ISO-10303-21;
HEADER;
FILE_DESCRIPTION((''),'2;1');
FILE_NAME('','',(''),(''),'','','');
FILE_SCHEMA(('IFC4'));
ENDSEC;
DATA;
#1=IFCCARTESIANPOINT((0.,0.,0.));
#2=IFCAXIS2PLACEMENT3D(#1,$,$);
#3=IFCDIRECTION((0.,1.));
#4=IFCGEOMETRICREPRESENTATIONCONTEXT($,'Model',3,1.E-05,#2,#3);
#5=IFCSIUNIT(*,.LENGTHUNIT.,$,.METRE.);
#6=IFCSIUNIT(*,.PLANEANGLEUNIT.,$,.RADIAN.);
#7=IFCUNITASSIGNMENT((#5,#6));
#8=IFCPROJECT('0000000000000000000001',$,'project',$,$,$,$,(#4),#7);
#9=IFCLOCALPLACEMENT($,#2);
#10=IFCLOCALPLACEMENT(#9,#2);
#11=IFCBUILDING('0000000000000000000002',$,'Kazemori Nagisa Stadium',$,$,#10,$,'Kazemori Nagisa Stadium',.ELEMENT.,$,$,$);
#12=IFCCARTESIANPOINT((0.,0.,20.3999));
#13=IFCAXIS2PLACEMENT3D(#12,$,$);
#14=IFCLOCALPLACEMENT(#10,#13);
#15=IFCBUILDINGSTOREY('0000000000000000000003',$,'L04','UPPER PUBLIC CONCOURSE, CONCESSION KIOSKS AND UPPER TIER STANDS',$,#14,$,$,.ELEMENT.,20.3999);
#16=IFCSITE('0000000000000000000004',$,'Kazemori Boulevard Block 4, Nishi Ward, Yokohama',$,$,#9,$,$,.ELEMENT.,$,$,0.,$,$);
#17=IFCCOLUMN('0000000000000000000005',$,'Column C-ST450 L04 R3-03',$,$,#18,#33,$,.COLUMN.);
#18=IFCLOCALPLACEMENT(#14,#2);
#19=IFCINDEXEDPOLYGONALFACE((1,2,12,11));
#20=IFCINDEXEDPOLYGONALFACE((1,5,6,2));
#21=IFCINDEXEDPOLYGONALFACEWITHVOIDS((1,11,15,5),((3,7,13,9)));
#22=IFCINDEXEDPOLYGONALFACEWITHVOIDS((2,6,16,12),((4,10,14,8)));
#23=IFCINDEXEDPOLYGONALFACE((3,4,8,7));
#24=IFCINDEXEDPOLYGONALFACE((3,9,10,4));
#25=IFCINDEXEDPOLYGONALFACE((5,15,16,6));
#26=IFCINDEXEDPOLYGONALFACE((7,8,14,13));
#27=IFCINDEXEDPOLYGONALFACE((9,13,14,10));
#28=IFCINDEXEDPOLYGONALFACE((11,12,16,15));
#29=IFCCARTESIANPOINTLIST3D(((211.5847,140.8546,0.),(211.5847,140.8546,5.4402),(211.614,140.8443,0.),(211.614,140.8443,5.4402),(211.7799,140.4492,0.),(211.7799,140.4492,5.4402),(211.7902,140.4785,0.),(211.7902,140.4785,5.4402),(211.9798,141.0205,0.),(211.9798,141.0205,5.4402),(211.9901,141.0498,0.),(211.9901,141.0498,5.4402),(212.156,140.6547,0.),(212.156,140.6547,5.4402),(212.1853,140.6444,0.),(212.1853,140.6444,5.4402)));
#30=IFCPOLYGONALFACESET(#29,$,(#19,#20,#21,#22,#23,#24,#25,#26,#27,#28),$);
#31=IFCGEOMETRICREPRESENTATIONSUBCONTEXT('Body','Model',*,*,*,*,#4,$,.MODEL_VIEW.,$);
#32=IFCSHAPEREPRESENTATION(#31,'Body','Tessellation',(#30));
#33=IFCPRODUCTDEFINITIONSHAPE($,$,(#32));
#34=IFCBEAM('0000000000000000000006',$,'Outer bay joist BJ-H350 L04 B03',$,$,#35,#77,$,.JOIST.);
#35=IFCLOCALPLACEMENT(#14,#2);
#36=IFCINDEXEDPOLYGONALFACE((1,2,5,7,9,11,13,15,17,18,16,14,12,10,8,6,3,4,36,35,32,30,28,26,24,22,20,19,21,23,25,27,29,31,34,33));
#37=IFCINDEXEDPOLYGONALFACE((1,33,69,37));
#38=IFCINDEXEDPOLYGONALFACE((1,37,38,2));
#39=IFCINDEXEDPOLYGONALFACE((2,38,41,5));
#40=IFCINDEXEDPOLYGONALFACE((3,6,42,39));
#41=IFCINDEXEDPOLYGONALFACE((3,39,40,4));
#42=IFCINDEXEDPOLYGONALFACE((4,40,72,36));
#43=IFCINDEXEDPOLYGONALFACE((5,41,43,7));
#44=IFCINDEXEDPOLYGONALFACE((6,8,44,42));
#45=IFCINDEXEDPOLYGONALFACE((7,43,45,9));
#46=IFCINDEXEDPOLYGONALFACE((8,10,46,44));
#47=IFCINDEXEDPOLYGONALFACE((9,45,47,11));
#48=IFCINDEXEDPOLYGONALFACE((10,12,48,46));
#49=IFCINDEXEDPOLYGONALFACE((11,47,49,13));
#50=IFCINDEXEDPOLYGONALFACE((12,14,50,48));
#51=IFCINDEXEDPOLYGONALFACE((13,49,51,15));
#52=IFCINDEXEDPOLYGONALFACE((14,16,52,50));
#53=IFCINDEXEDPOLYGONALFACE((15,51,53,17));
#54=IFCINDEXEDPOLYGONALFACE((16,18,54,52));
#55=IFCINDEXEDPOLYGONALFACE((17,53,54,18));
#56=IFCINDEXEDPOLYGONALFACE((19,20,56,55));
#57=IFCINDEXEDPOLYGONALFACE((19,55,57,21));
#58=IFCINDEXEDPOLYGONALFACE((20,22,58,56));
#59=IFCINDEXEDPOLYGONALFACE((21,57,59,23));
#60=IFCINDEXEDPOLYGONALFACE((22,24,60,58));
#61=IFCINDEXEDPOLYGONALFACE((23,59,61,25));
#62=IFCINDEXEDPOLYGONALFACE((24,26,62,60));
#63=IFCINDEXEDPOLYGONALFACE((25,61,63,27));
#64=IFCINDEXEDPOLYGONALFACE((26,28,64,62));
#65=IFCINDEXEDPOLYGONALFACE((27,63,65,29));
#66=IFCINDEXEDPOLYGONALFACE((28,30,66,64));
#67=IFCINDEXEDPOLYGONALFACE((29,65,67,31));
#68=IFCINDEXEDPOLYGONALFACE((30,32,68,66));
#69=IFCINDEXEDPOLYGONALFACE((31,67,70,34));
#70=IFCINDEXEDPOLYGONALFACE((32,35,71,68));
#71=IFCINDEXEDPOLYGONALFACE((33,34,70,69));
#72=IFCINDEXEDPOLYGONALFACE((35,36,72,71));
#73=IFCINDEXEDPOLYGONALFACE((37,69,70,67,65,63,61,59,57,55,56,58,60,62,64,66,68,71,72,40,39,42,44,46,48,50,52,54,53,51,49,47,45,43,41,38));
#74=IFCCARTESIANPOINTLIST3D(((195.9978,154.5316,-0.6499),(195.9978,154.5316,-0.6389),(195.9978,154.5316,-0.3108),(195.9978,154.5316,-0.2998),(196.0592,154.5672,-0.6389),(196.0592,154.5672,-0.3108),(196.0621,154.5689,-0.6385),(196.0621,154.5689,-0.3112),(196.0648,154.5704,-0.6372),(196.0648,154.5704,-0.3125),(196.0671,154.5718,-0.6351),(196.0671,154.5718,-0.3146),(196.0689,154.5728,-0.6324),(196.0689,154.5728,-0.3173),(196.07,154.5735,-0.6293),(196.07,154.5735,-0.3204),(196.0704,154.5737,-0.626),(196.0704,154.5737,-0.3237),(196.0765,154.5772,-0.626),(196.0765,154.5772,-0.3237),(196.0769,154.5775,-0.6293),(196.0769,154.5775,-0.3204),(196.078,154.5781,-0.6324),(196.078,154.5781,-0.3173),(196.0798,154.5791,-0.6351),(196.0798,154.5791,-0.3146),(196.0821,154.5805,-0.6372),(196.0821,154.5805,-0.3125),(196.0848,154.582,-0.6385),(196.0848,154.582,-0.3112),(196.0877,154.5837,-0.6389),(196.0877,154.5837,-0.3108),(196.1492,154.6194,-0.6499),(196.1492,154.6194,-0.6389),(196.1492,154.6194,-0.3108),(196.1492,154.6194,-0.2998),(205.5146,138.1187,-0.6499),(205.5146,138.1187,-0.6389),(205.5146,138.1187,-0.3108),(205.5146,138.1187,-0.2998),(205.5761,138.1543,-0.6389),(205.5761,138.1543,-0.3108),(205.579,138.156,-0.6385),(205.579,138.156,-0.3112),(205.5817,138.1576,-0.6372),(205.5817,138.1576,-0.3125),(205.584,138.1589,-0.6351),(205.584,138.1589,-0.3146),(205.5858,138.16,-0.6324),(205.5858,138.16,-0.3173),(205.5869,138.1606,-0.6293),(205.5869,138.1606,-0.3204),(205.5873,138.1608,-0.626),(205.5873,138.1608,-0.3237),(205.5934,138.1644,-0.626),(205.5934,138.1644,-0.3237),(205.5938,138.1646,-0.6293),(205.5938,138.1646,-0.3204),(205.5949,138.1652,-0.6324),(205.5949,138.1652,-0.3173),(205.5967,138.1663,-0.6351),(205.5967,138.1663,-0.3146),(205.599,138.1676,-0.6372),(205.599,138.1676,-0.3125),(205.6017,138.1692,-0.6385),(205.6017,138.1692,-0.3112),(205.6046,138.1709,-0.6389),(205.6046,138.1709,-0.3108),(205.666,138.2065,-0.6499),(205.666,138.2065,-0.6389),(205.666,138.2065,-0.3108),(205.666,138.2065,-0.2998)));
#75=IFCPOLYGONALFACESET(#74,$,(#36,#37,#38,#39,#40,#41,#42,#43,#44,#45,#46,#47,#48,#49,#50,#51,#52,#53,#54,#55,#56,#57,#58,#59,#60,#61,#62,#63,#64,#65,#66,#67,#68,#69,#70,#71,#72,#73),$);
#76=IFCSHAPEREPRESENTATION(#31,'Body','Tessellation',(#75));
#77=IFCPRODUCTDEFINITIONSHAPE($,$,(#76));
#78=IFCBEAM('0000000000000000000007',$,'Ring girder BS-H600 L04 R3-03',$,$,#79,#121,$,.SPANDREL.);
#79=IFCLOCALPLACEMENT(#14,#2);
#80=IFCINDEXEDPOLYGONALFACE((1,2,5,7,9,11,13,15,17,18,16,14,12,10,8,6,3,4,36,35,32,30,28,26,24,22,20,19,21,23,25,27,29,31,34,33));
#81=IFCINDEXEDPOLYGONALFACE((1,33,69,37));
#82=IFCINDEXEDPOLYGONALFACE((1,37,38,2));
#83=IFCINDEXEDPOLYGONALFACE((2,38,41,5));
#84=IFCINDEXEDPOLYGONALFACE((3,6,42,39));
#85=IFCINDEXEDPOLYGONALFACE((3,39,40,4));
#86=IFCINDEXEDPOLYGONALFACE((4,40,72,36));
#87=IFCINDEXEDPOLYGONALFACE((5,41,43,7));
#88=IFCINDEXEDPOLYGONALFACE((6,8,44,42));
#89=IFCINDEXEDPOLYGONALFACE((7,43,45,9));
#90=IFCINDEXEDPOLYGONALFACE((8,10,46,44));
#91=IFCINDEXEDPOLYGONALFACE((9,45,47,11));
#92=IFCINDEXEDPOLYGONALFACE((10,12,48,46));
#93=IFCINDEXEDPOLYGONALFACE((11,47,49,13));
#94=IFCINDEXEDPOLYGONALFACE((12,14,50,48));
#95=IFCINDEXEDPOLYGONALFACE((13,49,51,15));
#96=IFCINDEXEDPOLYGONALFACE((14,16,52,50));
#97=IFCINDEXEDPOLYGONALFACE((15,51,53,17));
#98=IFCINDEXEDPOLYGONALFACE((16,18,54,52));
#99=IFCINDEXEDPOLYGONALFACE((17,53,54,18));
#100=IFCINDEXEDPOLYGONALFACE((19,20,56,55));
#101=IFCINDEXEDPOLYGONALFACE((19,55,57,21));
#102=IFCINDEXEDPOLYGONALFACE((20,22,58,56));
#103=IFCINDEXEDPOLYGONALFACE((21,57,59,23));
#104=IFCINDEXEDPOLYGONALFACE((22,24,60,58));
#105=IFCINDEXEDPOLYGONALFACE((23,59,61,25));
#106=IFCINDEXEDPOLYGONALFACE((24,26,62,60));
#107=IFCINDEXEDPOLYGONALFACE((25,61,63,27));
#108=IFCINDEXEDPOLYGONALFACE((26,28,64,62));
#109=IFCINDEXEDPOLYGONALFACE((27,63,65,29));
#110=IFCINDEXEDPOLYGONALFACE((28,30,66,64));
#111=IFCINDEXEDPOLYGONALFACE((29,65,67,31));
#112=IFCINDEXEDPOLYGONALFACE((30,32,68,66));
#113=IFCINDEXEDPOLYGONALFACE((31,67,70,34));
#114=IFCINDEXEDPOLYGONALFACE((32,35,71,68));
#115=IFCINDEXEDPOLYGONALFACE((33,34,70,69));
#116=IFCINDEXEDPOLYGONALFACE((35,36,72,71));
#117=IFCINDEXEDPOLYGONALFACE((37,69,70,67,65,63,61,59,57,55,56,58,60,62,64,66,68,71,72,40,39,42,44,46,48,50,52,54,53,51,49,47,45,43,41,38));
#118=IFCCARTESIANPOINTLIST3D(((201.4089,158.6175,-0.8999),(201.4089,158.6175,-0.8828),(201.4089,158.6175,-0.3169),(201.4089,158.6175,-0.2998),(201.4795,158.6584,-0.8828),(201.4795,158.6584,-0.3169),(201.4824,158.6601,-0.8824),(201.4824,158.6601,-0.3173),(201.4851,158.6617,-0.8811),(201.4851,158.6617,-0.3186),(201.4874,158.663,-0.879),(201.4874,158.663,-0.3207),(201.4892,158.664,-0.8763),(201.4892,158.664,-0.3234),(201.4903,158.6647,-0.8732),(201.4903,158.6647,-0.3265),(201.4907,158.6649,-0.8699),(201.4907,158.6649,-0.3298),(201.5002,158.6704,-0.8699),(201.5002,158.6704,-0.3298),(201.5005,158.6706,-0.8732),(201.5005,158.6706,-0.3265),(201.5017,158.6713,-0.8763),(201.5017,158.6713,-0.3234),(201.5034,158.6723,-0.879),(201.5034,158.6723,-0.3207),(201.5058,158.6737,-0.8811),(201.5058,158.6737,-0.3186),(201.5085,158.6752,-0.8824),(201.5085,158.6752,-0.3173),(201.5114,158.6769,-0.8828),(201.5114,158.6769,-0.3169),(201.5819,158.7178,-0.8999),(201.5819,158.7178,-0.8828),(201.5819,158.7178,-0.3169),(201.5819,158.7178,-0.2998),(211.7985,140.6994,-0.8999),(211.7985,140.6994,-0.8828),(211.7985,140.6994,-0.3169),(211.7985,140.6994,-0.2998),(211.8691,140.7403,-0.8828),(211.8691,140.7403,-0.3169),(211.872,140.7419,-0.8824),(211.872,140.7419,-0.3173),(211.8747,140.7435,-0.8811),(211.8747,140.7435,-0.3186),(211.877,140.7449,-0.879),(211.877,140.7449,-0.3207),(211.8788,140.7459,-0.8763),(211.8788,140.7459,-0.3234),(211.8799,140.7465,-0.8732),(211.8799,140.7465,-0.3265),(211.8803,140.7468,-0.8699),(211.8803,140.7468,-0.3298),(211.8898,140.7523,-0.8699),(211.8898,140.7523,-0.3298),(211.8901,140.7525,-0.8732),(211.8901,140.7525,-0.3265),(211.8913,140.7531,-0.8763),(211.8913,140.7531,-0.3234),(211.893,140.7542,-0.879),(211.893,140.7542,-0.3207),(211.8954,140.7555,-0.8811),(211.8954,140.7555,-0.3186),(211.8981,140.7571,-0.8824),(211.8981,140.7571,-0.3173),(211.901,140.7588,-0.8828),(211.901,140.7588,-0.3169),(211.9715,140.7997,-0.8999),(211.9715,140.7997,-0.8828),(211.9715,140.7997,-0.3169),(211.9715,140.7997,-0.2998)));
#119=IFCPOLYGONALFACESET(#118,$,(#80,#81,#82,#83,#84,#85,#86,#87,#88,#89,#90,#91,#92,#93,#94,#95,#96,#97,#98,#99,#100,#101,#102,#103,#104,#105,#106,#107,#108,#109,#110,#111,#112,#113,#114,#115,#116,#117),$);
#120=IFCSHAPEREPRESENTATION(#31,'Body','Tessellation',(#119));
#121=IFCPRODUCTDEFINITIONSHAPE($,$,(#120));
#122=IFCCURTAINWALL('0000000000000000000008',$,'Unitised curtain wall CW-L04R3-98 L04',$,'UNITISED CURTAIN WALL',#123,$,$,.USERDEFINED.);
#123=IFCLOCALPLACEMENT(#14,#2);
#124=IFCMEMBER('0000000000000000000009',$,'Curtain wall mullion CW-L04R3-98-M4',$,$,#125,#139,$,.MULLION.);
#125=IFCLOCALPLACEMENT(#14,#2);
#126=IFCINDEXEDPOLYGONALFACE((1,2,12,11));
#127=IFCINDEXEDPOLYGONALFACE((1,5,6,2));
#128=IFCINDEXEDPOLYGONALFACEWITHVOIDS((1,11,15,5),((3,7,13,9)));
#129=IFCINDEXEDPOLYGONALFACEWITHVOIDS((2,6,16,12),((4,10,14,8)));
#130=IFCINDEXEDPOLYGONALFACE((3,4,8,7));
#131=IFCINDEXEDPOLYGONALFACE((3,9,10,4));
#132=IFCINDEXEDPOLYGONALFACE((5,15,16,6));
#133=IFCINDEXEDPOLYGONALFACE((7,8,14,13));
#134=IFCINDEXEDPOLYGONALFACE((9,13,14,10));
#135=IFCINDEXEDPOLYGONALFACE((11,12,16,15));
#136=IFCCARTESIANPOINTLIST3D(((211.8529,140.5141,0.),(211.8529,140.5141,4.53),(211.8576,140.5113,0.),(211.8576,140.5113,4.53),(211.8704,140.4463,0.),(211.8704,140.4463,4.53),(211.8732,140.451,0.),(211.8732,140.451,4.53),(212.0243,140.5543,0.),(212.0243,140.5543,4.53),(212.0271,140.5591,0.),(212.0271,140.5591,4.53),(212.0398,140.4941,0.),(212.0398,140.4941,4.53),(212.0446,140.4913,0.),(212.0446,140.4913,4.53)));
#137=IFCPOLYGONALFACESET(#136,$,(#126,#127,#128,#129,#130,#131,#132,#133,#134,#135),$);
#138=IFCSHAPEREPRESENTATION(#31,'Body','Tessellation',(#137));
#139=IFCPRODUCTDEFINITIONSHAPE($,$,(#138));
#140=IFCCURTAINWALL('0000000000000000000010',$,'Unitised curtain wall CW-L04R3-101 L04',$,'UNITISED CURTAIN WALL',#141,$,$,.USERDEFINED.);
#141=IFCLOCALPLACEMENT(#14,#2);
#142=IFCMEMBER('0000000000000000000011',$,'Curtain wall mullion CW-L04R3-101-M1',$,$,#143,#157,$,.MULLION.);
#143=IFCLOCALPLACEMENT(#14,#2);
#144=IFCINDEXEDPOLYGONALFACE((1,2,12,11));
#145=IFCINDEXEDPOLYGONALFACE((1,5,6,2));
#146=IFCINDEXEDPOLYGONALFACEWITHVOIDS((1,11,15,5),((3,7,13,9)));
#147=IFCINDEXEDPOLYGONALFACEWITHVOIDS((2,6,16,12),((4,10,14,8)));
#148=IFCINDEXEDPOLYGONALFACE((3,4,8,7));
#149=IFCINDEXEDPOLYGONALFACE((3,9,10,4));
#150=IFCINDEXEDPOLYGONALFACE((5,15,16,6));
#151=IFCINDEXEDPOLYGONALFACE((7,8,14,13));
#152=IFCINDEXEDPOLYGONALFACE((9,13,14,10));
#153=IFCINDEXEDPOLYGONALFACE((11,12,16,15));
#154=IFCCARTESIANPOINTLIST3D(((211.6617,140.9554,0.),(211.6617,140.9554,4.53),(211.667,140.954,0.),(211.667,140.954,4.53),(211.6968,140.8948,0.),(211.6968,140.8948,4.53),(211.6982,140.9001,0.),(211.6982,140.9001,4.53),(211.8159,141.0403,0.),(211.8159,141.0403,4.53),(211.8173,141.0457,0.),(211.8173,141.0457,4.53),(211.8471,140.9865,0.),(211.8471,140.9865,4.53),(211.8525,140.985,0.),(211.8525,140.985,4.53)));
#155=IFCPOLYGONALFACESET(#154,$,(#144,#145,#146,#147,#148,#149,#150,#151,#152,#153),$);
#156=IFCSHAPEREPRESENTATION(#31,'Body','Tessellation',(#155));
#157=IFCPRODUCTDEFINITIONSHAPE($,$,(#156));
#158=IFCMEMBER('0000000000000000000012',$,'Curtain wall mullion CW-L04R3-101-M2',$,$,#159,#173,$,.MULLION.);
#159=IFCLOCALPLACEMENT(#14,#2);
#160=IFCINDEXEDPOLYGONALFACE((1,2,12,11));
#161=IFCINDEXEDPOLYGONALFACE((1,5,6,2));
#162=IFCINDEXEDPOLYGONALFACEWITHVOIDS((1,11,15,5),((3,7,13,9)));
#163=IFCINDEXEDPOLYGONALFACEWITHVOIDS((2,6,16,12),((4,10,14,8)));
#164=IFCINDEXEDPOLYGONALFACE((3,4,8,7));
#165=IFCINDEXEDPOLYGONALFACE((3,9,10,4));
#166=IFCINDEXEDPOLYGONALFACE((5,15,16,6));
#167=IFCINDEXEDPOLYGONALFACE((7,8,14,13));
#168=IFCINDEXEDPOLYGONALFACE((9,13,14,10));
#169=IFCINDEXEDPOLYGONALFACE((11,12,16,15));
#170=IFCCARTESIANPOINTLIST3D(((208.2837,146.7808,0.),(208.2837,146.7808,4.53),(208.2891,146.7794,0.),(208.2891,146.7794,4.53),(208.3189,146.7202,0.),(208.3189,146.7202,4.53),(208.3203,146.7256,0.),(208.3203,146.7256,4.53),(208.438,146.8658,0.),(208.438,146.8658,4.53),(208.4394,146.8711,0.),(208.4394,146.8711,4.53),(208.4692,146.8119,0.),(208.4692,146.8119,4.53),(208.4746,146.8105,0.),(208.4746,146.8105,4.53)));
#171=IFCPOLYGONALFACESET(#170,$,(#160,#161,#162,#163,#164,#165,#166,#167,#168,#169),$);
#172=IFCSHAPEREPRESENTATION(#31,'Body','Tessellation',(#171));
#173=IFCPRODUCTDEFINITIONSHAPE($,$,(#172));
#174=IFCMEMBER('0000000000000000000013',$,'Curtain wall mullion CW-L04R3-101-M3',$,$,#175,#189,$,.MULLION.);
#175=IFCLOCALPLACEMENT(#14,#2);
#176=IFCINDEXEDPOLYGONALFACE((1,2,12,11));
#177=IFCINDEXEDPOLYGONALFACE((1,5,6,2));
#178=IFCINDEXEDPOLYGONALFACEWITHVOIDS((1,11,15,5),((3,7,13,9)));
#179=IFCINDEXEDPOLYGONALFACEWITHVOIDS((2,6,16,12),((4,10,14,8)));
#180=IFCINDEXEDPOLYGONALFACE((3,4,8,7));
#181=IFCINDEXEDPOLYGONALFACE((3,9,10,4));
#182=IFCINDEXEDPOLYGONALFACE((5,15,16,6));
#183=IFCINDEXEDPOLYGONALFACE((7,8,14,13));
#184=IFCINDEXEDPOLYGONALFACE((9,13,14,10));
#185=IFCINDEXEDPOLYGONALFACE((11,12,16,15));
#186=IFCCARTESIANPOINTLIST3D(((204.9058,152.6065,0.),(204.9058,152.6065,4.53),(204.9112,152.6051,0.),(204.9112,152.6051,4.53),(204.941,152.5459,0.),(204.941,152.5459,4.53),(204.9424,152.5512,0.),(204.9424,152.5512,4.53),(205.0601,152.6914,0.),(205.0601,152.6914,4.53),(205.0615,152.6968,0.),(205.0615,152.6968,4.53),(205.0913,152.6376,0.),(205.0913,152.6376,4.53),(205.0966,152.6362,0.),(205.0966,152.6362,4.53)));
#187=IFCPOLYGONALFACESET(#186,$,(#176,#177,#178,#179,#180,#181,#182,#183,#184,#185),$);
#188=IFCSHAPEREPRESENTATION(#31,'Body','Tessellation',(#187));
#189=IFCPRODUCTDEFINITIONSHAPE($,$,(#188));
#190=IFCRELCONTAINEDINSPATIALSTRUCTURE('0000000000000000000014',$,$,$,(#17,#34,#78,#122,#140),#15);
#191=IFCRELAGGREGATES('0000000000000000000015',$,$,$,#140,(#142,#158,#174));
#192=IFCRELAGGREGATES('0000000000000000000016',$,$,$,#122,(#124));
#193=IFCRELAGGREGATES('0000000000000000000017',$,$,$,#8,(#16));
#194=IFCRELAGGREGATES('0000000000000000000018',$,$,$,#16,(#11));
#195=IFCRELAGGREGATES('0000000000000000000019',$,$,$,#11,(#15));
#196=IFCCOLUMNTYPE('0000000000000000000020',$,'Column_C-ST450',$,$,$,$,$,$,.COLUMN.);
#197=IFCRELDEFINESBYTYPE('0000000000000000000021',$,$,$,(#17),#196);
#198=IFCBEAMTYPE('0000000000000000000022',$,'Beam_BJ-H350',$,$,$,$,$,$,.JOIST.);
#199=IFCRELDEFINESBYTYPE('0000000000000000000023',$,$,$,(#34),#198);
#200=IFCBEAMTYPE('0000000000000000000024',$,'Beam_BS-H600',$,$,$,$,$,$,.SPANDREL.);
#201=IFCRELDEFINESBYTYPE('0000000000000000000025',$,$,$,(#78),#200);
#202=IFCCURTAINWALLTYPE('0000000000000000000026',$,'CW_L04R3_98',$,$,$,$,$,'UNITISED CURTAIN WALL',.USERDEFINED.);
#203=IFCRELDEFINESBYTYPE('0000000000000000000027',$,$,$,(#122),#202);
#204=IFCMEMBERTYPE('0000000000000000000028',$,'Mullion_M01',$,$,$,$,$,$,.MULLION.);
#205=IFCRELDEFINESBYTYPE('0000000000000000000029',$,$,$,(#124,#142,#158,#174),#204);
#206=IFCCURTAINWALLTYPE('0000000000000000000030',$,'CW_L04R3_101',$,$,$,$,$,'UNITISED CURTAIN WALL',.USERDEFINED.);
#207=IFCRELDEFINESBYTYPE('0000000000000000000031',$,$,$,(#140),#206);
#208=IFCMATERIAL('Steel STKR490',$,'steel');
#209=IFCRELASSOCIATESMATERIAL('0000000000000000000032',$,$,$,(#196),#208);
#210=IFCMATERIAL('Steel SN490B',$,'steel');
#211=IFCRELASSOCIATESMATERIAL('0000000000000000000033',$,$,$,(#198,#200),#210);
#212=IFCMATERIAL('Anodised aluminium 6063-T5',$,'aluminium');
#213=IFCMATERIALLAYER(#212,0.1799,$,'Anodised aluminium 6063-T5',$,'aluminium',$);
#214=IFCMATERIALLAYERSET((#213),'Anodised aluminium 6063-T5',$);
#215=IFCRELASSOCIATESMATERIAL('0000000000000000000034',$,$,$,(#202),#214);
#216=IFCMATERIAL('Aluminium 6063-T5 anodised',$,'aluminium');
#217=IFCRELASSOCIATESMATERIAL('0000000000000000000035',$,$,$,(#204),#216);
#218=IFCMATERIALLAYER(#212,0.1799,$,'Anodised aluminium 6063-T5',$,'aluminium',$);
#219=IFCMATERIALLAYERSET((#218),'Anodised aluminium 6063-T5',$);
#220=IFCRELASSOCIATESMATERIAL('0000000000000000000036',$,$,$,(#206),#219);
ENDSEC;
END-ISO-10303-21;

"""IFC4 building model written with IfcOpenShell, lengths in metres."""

from ifc_helpers import new_model, si_unit, direction, frame, origin, origin_2d, place, context, subcontext, project, spatial, hollow_rectangle, i_section, extrude, material, layer, layer_set, material_profile, profile_set, type_object, element, aggregate, save


model = new_model("IFC4")

# Units and contexts
model_context = context("Model", 3, precision=1e-05, world=origin(), true_north=direction((0.0, 1.0)))
body_context = subcontext(model_context, "Body", "Model", "MODEL_VIEW")
ifc_project = project(units=[si_unit("LENGTHUNIT", "METRE"), si_unit("PLANEANGLEUNIT", "RADIAN")], contexts=[model_context])

# Site, building, storey
site_placement = place(None, origin())
site = spatial("IfcSite", under=ifc_project, at=site_placement, Name="Kazemori Boulevard Block 4, Nishi Ward, Yokohama", CompositionType="ELEMENT", RefElevation=0.0)
building_placement = place(site_placement, origin())
building = spatial("IfcBuilding", under=site, at=building_placement, Name="Kazemori Nagisa Stadium", LongName="Kazemori Nagisa Stadium", CompositionType="ELEMENT")
storey_placement = place(building_placement, frame((0.0, 0.0, 20.3999)))
storey = spatial("IfcBuildingStorey", under=building, at=storey_placement, Name="L04", Description="UPPER PUBLIC CONCOURSE, CONCESSION KIOSKS AND UPPER TIER STANDS", CompositionType="ELEMENT", Elevation=20.3999)

# Column
ifc_material_1 = material(Name="Steel STKR490", Category="steel")
ifc_material_profile_1 = material_profile(ifc_material_1, hollow_rectangle(XDim=0.45, YDim=0.45, WallThickness=0.022, at=origin_2d()), Name="SHS-450x450x22")
ifc_profile_set_1 = profile_set([ifc_material_profile_1], Name="Steel STKR490")
column_type = type_object("IfcColumnType", Name="Column_C-ST450", PredefinedType="COLUMN", material=ifc_profile_set_1)
column_placement = place(storey_placement, frame((211.885, 140.7495, 0.0), z_axis=(0.0, 0.0, 1.0), x_axis=(0.900969, 0.433884, 0.0)))
element("IfcColumn", 1, at=column_placement, inside=storey, type_object=column_type, Name="Column C-ST450 L04 R3-03", PredefinedType="COLUMN", context=body_context, shape_type="SweptSolid", body=[
    extrude(hollow_rectangle(XDim=0.45, YDim=0.45, WallThickness=0.022, at=origin_2d()), origin(), (0.0, 0.0, 1.0), 5.4402),
])

# Beams
ifc_material_2 = material(Name="Steel SN490B", Category="steel")
ifc_material_profile_2 = material_profile(ifc_material_2, i_section(OverallWidth=0.175, OverallDepth=0.3501, WebThickness=0.0071, FlangeThickness=0.011, FilletRadius=0.0129, at=origin_2d()), Name="H-350x175x7x11")
ifc_profile_set_2 = profile_set([ifc_material_profile_2], Name="Steel SN490B")
beam_type_1 = type_object("IfcBeamType", Name="Beam_BJ-H350", PredefinedType="JOIST", material=ifc_profile_set_2)
beam_1_placement = place(storey_placement, frame((205.5903, 138.1626, -0.4749), z_axis=(-0.501615, 0.865091, 0.0), x_axis=(-0.865091, -0.501615, 0.0)))
element("IfcBeam", 2, at=beam_1_placement, inside=storey, type_object=beam_type_1, Name="Outer bay joist BJ-H350 L04 B03", PredefinedType="JOIST", context=body_context, shape_type="SweptSolid", body=[
    extrude(i_section(OverallWidth=0.175, OverallDepth=0.3501, WebThickness=0.0071, FlangeThickness=0.011, FilletRadius=0.0129, at=origin_2d()), origin(), (0.0, 0.0, 1.0), 18.9724),
])
ifc_material_profile_3 = material_profile(ifc_material_2, i_section(OverallWidth=0.2, OverallDepth=0.6001, WebThickness=0.011, FlangeThickness=0.0171, FilletRadius=0.0129, at=origin_2d()), Name="H-600x200x11x17")
ifc_profile_set_3 = profile_set([ifc_material_profile_3], Name="Steel SN490B")
beam_type_2 = type_object("IfcBeamType", Name="Beam_BS-H600", PredefinedType="SPANDREL", material=ifc_profile_set_3)
beam_2_placement = place(storey_placement, frame((211.885, 140.7495, -0.5999), z_axis=(-0.501613, 0.865092, 0.0), x_axis=(-0.865092, -0.501613, 0.0)))
element("IfcBeam", 3, at=beam_2_placement, inside=storey, type_object=beam_type_2, Name="Ring girder BS-H600 L04 R3-03", PredefinedType="SPANDREL", context=body_context, shape_type="SweptSolid", body=[
    extrude(i_section(OverallWidth=0.2, OverallDepth=0.6001, WebThickness=0.011, FlangeThickness=0.0171, FilletRadius=0.0129, at=origin_2d()), origin(), (0.0, 0.0, 1.0), 20.7124),
])

# Curtain wall, member
ifc_material_3 = material(Name="Anodised aluminium 6063-T5", Category="aluminium")
ifc_layer_1 = layer(ifc_material_3, 0.1799, Name="Anodised aluminium 6063-T5", Category="aluminium")
ifc_layer_set_1 = layer_set([ifc_layer_1], Name="Anodised aluminium 6063-T5")
curtain_wall_type_1 = type_object("IfcCurtainWallType", Name="CW_L04R3_98", ElementType="UNITISED CURTAIN WALL", PredefinedType="USERDEFINED", material=ifc_layer_set_1)
curtain_wall_1_placement = place(storey_placement, origin())
curtain_wall_1 = element("IfcCurtainWall", 4, at=curtain_wall_1_placement, inside=storey, type_object=curtain_wall_type_1, Name="Unitised curtain wall CW-L04R3-98 L04", ObjectType="UNITISED CURTAIN WALL", PredefinedType="USERDEFINED")
ifc_material_4 = material(Name="Aluminium 6063-T5 anodised", Category="aluminium")
ifc_material_profile_4 = material_profile(ifc_material_4, hollow_rectangle(XDim=0.0701, YDim=0.1799, WallThickness=0.0039, at=origin_2d()), Name="ALU-MULL-70x180x4")
ifc_profile_set_4 = profile_set([ifc_material_profile_4], Name="Aluminium 6063-T5 anodised")
member_type_1 = type_object("IfcMemberType", Name="Mullion_M01", PredefinedType="MULLION", material=ifc_profile_set_4)
member_1_placement = place(storey_placement, frame((211.9487, 140.5027, 0.0), z_axis=(0.0, 0.0, 1.0), x_axis=(-0.249965, 0.968255, 0.0)))
member_1 = element("IfcMember", 5, at=member_1_placement, type_object=member_type_1, Name="Curtain wall mullion CW-L04R3-98-M4", PredefinedType="MULLION", context=body_context, shape_type="SweptSolid", body=[
    extrude(hollow_rectangle(XDim=0.0701, YDim=0.1799, WallThickness=0.0039, at=origin_2d()), origin(), (0.0, 0.0, 1.0), 4.53),
])

# Curtain wall, members
ifc_layer_2 = layer(ifc_material_3, 0.1799, Name="Anodised aluminium 6063-T5", Category="aluminium")
ifc_layer_set_2 = layer_set([ifc_layer_2], Name="Anodised aluminium 6063-T5")
curtain_wall_type_2 = type_object("IfcCurtainWallType", Name="CW_L04R3_101", ElementType="UNITISED CURTAIN WALL", PredefinedType="USERDEFINED", material=ifc_layer_set_2)
curtain_wall_2_placement = place(storey_placement, origin())
curtain_wall_2 = element("IfcCurtainWall", 6, at=curtain_wall_2_placement, inside=storey, type_object=curtain_wall_type_2, Name="Unitised curtain wall CW-L04R3-101 L04", ObjectType="UNITISED CURTAIN WALL", PredefinedType="USERDEFINED")
member_2_placement = place(storey_placement, frame((211.7571, 140.9702, 0.0), z_axis=(0.0, 0.0, 1.0), x_axis=(-0.501612, 0.865093, 0.0)))
member_2 = element("IfcMember", 7, at=member_2_placement, type_object=member_type_1, Name="Curtain wall mullion CW-L04R3-101-M1", PredefinedType="MULLION", context=body_context, shape_type="SweptSolid", body=[
    extrude(hollow_rectangle(XDim=0.0701, YDim=0.1799, WallThickness=0.0039, at=origin_2d()), origin(), (0.0, 0.0, 1.0), 4.53),
])
member_3_placement = place(storey_placement, frame((208.3792, 146.7957, 0.0), z_axis=(0.0, 0.0, 1.0), x_axis=(-0.501612, 0.865093, 0.0)))
member_3 = element("IfcMember", 8, at=member_3_placement, type_object=member_type_1, Name="Curtain wall mullion CW-L04R3-101-M2", PredefinedType="MULLION", context=body_context, shape_type="SweptSolid", body=[
    extrude(hollow_rectangle(XDim=0.0701, YDim=0.1799, WallThickness=0.0039, at=origin_2d()), origin(), (0.0, 0.0, 1.0), 4.53),
])
member_4_placement = place(storey_placement, frame((205.0012, 152.6213, 0.0), z_axis=(0.0, 0.0, 1.0), x_axis=(-0.501612, 0.865093, 0.0)))
member_4 = element("IfcMember", 9, at=member_4_placement, type_object=member_type_1, Name="Curtain wall mullion CW-L04R3-101-M3", PredefinedType="MULLION", context=body_context, shape_type="SweptSolid", body=[
    extrude(hollow_rectangle(XDim=0.0701, YDim=0.1799, WallThickness=0.0039, at=origin_2d()), origin(), (0.0, 0.0, 1.0), 4.53),
])

aggregate(curtain_wall_2, [member_2, member_3, member_4])
aggregate(curtain_wall_1, [member_1])

save(model, "model.ifc")
